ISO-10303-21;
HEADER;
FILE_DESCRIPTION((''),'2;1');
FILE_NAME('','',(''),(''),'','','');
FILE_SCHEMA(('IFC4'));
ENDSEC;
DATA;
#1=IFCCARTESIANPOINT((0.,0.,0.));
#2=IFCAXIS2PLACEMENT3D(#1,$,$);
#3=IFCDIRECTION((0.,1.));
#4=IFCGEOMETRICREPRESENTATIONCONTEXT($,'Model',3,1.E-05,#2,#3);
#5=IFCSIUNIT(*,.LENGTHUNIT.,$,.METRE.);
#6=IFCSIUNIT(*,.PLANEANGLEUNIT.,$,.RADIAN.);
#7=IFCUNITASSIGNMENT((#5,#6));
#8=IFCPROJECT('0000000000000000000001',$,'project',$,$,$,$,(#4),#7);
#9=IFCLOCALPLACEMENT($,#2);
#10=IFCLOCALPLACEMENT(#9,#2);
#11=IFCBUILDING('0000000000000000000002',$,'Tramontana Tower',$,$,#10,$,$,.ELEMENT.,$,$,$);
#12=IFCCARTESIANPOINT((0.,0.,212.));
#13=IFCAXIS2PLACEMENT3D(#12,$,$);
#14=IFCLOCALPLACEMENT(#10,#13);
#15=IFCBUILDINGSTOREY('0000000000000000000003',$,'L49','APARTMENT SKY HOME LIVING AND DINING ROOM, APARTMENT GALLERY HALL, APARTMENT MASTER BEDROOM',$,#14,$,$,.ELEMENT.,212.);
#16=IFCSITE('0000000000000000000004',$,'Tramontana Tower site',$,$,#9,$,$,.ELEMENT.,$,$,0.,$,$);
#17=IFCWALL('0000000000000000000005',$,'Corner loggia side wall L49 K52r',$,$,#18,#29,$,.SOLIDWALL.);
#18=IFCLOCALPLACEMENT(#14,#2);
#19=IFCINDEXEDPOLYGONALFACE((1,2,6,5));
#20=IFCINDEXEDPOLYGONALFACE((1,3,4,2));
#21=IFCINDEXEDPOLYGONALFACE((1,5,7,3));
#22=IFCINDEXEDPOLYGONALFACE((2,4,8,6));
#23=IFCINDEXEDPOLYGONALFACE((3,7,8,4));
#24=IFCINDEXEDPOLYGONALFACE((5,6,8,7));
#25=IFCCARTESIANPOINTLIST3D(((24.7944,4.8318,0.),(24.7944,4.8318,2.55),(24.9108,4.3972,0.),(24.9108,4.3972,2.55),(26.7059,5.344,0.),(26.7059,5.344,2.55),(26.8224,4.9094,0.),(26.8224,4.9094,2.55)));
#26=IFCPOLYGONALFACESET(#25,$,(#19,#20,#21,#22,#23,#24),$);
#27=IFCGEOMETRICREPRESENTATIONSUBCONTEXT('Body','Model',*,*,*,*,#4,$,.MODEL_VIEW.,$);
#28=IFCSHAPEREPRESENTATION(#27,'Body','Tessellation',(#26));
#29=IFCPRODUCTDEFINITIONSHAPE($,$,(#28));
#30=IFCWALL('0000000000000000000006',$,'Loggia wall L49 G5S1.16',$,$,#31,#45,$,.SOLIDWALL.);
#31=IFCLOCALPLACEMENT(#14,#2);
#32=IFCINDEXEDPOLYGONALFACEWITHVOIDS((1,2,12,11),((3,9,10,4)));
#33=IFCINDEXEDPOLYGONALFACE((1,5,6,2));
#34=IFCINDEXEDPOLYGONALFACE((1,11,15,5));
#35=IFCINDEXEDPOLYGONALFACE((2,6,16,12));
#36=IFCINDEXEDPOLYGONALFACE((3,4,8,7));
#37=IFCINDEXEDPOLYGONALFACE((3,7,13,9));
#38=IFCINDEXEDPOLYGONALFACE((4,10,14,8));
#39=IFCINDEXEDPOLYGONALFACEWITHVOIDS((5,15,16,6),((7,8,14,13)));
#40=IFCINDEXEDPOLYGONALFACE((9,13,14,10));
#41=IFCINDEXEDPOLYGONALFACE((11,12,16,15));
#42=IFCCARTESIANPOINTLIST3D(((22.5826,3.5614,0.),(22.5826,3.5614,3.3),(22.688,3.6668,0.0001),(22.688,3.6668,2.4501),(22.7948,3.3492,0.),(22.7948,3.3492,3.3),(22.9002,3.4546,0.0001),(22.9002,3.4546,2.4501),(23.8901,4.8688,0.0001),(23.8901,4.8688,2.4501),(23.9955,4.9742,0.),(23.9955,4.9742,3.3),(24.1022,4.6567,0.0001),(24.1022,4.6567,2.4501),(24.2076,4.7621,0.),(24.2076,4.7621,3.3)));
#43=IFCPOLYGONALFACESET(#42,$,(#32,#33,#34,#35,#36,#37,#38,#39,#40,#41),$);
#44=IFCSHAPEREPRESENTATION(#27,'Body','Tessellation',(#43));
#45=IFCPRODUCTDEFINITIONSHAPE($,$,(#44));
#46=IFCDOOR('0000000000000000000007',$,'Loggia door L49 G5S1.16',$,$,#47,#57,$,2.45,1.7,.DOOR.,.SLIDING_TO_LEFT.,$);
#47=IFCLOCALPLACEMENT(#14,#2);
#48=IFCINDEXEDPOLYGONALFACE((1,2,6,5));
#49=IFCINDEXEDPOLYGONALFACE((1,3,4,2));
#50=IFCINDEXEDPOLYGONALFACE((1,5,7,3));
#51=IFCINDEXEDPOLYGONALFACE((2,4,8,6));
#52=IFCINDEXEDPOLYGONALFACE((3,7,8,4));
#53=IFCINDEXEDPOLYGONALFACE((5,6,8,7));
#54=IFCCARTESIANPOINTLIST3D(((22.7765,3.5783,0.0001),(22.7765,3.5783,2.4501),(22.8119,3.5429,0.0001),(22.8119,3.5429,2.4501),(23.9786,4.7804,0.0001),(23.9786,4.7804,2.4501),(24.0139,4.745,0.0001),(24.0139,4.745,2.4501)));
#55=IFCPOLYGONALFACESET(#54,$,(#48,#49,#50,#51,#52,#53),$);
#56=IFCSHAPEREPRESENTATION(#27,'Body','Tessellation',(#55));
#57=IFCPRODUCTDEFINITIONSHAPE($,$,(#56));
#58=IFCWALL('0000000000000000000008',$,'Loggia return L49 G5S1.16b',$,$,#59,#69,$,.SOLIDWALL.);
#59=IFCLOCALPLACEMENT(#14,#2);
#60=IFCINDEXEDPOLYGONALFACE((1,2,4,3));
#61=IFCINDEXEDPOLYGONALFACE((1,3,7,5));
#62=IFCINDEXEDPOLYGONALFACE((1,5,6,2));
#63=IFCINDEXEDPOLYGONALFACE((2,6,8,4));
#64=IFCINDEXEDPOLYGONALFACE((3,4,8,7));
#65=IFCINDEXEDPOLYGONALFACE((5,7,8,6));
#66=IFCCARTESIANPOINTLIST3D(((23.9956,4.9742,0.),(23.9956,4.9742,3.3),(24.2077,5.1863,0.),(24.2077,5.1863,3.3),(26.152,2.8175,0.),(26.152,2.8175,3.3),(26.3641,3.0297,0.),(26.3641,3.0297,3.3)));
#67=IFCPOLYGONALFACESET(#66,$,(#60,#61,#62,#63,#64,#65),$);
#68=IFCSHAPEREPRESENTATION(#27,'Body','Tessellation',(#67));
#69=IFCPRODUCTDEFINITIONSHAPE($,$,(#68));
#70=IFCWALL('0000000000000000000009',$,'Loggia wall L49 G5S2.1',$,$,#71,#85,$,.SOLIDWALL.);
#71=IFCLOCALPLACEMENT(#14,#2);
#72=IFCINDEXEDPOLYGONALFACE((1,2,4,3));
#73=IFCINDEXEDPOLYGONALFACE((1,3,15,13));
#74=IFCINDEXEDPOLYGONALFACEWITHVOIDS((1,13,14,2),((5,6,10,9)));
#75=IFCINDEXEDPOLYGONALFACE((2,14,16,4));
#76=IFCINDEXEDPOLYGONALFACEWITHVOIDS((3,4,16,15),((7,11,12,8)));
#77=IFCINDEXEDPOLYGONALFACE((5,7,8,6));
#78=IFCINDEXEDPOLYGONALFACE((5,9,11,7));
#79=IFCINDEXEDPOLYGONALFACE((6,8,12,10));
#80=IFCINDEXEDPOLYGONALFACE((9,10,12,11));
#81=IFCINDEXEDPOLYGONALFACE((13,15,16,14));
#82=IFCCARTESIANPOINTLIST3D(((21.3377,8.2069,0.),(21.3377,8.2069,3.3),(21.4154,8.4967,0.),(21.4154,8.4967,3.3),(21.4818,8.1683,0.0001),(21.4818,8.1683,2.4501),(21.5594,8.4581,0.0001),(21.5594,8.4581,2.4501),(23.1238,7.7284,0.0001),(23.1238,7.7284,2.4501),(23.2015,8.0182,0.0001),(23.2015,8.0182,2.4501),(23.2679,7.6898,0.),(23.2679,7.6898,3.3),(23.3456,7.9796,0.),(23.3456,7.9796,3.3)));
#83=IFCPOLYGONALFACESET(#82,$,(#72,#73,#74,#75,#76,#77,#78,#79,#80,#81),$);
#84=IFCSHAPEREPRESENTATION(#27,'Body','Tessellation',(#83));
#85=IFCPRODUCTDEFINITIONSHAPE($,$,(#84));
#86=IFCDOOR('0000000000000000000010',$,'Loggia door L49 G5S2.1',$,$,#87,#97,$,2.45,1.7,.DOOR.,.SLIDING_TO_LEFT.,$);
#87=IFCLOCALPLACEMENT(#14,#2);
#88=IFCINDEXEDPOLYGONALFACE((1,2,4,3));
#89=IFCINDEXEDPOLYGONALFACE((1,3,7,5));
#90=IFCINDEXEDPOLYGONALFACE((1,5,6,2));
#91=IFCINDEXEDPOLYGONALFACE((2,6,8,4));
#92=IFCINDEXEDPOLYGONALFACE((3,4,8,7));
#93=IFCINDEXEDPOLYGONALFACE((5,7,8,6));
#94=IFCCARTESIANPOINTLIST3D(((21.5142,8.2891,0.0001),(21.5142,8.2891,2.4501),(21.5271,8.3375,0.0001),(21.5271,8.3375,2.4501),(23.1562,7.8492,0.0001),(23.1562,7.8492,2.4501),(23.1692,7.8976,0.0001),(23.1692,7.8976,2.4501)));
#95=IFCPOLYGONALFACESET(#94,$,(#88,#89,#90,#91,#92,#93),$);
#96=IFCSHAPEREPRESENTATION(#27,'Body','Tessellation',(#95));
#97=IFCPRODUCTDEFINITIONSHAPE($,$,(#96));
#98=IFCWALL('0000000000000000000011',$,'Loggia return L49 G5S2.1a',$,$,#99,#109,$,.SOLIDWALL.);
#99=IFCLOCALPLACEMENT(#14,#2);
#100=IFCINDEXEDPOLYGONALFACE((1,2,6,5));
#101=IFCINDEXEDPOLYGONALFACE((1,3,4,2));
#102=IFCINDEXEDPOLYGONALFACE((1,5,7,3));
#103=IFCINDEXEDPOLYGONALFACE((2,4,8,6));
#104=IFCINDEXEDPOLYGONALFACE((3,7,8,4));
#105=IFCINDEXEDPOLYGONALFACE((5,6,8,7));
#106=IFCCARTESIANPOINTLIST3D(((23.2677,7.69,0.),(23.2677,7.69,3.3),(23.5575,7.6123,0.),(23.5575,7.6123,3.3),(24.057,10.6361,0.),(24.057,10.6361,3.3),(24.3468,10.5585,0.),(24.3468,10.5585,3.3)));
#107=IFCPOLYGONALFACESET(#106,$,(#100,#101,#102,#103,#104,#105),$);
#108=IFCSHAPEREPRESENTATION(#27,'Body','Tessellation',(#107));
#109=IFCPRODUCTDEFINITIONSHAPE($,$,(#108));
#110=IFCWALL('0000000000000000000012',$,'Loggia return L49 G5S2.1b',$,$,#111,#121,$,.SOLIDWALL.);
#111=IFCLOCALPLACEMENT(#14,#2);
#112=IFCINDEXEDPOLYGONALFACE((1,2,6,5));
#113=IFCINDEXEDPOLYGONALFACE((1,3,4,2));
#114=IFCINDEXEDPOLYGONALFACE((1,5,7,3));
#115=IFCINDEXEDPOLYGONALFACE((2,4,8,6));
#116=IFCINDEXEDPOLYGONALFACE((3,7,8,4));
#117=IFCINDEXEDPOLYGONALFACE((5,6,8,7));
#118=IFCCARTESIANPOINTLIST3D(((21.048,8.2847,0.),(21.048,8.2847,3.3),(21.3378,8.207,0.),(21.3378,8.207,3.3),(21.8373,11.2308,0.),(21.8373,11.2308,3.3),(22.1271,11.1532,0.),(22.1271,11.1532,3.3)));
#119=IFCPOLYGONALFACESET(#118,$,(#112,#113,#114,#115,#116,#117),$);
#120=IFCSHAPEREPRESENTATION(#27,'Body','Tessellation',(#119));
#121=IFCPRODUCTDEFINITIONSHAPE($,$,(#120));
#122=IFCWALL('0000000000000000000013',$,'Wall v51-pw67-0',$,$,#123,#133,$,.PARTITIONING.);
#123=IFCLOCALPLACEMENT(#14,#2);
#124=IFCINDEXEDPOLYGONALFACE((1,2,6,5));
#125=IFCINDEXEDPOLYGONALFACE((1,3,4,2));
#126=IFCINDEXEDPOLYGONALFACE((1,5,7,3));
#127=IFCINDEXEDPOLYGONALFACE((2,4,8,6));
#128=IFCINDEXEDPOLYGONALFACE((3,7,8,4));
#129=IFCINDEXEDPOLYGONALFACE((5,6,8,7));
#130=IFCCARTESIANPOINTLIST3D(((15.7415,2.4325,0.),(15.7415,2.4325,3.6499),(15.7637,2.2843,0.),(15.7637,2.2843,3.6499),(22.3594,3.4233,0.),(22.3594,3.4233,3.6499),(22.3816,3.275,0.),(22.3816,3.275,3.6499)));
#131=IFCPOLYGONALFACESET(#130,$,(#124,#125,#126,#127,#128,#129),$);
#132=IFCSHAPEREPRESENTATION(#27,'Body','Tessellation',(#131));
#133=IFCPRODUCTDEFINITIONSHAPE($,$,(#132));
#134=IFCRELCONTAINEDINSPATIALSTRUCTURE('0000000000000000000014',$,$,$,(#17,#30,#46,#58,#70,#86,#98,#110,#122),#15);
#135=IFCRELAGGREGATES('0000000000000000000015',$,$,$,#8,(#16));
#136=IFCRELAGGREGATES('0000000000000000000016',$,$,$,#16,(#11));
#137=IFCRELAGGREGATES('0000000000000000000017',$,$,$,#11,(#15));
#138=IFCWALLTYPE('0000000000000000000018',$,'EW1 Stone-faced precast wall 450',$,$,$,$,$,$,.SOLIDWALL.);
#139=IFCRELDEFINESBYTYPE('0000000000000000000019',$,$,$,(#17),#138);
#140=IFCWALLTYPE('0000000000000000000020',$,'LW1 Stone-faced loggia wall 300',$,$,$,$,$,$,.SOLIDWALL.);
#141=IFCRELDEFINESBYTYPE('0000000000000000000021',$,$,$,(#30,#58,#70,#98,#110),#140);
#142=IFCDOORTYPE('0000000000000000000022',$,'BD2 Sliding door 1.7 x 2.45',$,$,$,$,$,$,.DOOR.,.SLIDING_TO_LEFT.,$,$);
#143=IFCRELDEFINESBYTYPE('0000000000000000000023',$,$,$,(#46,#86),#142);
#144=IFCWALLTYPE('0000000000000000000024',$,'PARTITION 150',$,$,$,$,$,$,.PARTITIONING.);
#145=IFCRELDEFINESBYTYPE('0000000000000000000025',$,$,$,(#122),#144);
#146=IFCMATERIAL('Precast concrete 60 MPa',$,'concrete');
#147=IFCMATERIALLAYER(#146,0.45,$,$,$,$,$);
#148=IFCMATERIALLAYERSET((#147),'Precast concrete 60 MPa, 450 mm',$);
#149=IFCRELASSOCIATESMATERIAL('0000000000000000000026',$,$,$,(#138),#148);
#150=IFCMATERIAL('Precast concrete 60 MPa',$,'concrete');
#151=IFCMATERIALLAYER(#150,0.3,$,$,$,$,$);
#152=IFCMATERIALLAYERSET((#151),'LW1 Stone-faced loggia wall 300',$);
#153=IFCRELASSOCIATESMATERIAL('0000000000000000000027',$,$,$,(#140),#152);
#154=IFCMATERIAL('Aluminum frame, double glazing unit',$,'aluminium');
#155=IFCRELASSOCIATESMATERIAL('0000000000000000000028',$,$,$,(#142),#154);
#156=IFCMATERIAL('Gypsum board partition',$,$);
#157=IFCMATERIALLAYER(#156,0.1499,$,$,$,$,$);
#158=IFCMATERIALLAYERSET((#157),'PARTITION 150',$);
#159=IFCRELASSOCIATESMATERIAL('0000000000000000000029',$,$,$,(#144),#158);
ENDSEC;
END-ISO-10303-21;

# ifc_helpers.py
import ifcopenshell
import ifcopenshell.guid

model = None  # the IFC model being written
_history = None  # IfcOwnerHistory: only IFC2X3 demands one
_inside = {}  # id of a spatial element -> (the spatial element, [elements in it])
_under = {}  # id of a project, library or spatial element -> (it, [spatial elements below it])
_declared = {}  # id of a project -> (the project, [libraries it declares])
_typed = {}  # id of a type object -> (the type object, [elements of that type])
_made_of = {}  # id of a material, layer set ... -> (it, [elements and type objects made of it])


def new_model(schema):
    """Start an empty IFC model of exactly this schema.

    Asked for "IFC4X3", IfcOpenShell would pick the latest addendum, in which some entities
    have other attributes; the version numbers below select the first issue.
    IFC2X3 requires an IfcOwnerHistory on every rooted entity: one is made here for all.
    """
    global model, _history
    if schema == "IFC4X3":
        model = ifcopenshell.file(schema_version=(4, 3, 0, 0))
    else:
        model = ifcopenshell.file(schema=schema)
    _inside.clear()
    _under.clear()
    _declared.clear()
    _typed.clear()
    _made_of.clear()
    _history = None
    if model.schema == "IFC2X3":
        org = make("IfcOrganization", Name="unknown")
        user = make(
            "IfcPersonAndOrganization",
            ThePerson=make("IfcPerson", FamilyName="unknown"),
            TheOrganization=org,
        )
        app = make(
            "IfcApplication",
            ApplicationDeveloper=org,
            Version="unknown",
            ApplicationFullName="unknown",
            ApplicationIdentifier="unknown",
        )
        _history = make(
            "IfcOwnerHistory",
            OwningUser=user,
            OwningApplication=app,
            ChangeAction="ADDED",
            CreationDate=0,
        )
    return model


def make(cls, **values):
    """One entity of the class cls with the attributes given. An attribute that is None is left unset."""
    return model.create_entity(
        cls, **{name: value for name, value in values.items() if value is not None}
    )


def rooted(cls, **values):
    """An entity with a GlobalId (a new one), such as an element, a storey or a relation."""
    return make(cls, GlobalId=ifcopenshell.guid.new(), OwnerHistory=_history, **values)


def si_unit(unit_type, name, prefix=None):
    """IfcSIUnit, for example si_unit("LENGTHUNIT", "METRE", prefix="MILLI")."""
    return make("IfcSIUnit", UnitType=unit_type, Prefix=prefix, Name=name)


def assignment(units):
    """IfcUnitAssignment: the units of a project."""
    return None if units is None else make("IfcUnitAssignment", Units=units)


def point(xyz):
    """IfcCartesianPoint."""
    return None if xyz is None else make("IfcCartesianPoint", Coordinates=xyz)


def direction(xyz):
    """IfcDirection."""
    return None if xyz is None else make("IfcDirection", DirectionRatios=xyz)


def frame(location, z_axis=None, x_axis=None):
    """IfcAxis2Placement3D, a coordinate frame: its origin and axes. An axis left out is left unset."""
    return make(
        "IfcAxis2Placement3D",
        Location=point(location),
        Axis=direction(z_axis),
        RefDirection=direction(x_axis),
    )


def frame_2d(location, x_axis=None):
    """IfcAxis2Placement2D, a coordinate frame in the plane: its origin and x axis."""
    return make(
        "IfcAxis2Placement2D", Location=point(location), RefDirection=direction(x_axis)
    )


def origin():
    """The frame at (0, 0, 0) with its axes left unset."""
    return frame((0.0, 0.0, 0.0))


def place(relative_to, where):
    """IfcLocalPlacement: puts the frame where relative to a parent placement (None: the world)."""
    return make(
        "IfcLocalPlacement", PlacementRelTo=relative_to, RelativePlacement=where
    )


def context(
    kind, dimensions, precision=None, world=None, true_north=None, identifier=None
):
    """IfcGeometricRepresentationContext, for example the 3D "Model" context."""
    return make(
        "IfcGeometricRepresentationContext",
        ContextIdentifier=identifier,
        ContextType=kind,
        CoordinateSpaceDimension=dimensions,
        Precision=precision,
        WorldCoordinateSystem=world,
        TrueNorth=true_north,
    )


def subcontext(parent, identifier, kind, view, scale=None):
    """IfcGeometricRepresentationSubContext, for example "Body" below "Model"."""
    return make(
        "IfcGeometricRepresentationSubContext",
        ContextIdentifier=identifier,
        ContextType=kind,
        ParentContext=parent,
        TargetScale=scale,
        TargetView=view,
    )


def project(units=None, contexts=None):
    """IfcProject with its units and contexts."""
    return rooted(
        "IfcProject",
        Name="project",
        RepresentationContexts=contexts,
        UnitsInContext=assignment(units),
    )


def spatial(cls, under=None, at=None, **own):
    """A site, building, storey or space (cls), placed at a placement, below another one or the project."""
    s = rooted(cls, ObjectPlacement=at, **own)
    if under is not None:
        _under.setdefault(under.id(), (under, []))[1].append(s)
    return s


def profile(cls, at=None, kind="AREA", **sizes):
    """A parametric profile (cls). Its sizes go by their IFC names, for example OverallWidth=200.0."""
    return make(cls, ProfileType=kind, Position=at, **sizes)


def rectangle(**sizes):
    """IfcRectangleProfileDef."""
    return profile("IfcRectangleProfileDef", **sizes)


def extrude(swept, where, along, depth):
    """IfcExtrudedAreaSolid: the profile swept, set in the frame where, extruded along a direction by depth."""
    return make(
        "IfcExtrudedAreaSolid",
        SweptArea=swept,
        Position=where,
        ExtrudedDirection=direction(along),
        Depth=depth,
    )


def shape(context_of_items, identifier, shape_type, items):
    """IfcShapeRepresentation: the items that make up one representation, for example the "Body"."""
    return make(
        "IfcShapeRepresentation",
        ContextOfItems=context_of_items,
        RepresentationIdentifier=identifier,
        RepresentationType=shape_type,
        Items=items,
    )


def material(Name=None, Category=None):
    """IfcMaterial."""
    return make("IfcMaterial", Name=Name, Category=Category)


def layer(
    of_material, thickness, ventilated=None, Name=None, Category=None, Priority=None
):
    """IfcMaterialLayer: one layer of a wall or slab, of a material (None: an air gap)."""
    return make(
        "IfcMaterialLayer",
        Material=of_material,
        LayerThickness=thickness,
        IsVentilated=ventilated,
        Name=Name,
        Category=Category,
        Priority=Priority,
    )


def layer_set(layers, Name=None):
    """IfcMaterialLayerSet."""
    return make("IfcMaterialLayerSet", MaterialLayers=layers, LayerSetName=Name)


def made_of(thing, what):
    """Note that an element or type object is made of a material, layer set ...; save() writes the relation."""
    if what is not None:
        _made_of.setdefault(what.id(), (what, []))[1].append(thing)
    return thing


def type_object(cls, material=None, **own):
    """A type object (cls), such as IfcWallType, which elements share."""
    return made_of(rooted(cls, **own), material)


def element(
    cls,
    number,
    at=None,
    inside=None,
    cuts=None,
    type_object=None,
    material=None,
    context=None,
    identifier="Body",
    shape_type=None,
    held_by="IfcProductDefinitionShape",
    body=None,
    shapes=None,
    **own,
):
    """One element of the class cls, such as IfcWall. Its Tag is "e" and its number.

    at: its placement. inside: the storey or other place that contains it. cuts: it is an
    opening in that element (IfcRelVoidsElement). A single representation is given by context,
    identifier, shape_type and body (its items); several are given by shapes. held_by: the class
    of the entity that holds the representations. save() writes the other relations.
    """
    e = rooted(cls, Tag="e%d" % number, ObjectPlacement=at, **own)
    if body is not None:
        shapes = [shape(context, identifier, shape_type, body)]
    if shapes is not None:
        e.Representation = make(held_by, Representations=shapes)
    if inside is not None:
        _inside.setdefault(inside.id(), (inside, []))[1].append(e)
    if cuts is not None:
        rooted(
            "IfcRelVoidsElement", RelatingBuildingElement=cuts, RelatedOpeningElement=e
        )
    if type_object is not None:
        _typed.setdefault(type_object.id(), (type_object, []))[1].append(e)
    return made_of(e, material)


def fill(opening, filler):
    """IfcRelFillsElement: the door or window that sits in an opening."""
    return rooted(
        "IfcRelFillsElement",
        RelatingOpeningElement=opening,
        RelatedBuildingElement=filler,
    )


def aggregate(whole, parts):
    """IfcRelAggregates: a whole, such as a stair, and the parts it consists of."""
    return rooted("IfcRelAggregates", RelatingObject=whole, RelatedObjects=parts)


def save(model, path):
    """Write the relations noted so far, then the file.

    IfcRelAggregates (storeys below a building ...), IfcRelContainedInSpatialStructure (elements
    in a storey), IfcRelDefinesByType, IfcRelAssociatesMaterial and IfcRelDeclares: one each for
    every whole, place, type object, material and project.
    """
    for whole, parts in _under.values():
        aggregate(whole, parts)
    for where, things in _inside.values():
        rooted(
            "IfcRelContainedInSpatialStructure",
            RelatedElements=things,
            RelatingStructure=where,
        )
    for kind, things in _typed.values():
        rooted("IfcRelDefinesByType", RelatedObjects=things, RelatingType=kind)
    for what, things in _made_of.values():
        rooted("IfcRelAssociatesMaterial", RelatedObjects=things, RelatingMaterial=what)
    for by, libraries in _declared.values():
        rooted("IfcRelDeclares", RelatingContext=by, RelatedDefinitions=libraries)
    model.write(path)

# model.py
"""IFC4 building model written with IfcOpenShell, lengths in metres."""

from ifc_helpers import new_model, si_unit, direction, frame, frame_2d, origin, place, context, subcontext, project, spatial, rectangle, extrude, material, layer, layer_set, type_object, element, fill, save


model = new_model("IFC4")

# Units and contexts
model_context = context("Model", 3, precision=1e-05, world=origin(), true_north=direction((0.0, 1.0)))
body_context = subcontext(model_context, "Body", "Model", "MODEL_VIEW")
ifc_project = project(units=[si_unit("LENGTHUNIT", "METRE"), si_unit("PLANEANGLEUNIT", "RADIAN")], contexts=[model_context])

# Site, building, storey
site_placement = place(None, origin())
site = spatial("IfcSite", under=ifc_project, at=site_placement, Name="Tramontana Tower site", CompositionType="ELEMENT", RefElevation=0.0)
building_placement = place(site_placement, origin())
building = spatial("IfcBuilding", under=site, at=building_placement, Name="Tramontana Tower", CompositionType="ELEMENT")
storey_placement = place(building_placement, frame((0.0, 0.0, 212.0)))
storey = spatial("IfcBuildingStorey", under=building, at=storey_placement, Name="L49", Description="APARTMENT SKY HOME LIVING AND DINING ROOM, APARTMENT GALLERY HALL, APARTMENT MASTER BEDROOM", CompositionType="ELEMENT", Elevation=212.0)

# Shared definitions
ifc_material_1 = material(Name="Precast concrete 60 MPa", Category="concrete")
ifc_layer_1 = layer(ifc_material_1, 0.45)
ifc_layer_set_1 = layer_set([ifc_layer_1], Name="Precast concrete 60 MPa, 450 mm")
wall_type_1 = type_object("IfcWallType", Name="EW1 Stone-faced precast wall 450", PredefinedType="SOLIDWALL", material=ifc_layer_set_1)

# Wall
wall_1_placement = place(storey_placement, frame((26.7642, 5.1267, 0.0), z_axis=(0.0, 0.0, 1.0), x_axis=(-0.965927, -0.258814, 0.0)))
element("IfcWall", 1, at=wall_1_placement, inside=storey, type_object=wall_type_1, Name="Corner loggia side wall L49 K52r", PredefinedType="SOLIDWALL", context=body_context, shape_type="SweptSolid", body=[
    extrude(rectangle(XDim=1.979, YDim=0.45, at=frame_2d((0.9895, 0.0))), origin(), (0.0, 0.0, 1.0), 2.55),
])

# Wall, opening, door
ifc_material_2 = material(Name="Precast concrete 60 MPa", Category="concrete")
ifc_layer_2 = layer(ifc_material_2, 0.3)
ifc_layer_set_2 = layer_set([ifc_layer_2], Name="LW1 Stone-faced loggia wall 300")
wall_type_2 = type_object("IfcWallType", Name="LW1 Stone-faced loggia wall 300", PredefinedType="SOLIDWALL", material=ifc_layer_set_2)
wall_2_placement = place(storey_placement, frame((22.6887, 3.4553, 0.0), z_axis=(0.0, 0.0, 1.0), x_axis=(0.707107, 0.707107, 0.0)))
wall_2 = element("IfcWall", 2, at=wall_2_placement, inside=storey, type_object=wall_type_2, Name="Loggia wall L49 G5S1.16", PredefinedType="SOLIDWALL", context=body_context, shape_type="SweptSolid", body=[
    extrude(rectangle(XDim=1.998, YDim=0.3, at=frame_2d((0.999, 0.0))), origin(), (0.0, 0.0, 1.0), 3.3),
])
opening_1_placement = place(wall_2_placement, frame((0.1489, 0.0, 0.0)))
opening_1 = element("IfcOpeningElement", 3, at=opening_1_placement, cuts=wall_2, PredefinedType="OPENING", context=body_context, shape_type="SweptSolid", body=[
    extrude(rectangle(XDim=1.7, YDim=2.45, at=frame_2d((0.8501, 1.2251))), frame((0.0, 0.1599, 0.0), z_axis=(0.0, -1.0, 0.0), x_axis=(1.0, 0.0, 0.0)), (0.0, 0.0, 1.0), 0.3201),
])
ifc_material_3 = material(Name="Aluminum frame, double glazing unit", Category="aluminium")
door_type_1 = type_object("IfcDoorType", Name="BD2 Sliding door 1.7 x 2.45", OperationType="SLIDING_TO_LEFT", PredefinedType="DOOR", material=ifc_material_3)
door_1_placement = place(opening_1_placement, origin())
door_1 = element("IfcDoor", 4, at=door_1_placement, inside=storey, type_object=door_type_1, Name="Loggia door L49 G5S1.16", OperationType="SLIDING_TO_LEFT", OverallHeight=2.45, OverallWidth=1.7, PredefinedType="DOOR", context=body_context, shape_type="SweptSolid", body=[
    extrude(rectangle(XDim=1.7, YDim=2.45, at=frame_2d((0.8501, 1.2251))), frame((0.0, 0.0249, 0.0), z_axis=(0.0, -1.0, 0.0), x_axis=(1.0, 0.0, 0.0)), (0.0, 0.0, 1.0), 0.05),
])
fill(opening_1, door_1)

# Wall
wall_3_placement = place(storey_placement, frame((26.2581, 2.9236, 0.0), z_axis=(0.0, 0.0, 1.0), x_axis=(-0.707067, 0.707147, 0.0)))
element("IfcWall", 5, at=wall_3_placement, inside=storey, type_object=wall_type_2, Name="Loggia return L49 G5S1.16b", PredefinedType="SOLIDWALL", context=body_context, shape_type="SweptSolid", body=[
    extrude(rectangle(XDim=3.0498, YDim=0.3, at=frame_2d((1.5249, 0.0))), origin(), (0.0, 0.0, 1.0), 3.3),
])

# Wall, opening, door
wall_4_placement = place(storey_placement, frame((23.3066, 7.8347, 0.0), z_axis=(0.0, 0.0, 1.0), x_axis=(-0.965938, 0.258773, 0.0)))
wall_4 = element("IfcWall", 6, at=wall_4_placement, inside=storey, type_object=wall_type_2, Name="Loggia wall L49 G5S2.1", PredefinedType="SOLIDWALL", context=body_context, shape_type="SweptSolid", body=[
    extrude(rectangle(XDim=1.9983, YDim=0.3, at=frame_2d((0.999, 0.0))), origin(), (0.0, 0.0, 1.0), 3.3),
])
opening_2_placement = place(wall_4_placement, frame((0.1489, 0.0, 0.0)))
opening_2 = element("IfcOpeningElement", 7, at=opening_2_placement, cuts=wall_4, PredefinedType="OPENING", context=body_context, shape_type="SweptSolid", body=[
    extrude(rectangle(XDim=1.7, YDim=2.45, at=frame_2d((0.8501, 1.2251))), frame((0.0, 0.1599, 0.0), z_axis=(0.0, -1.0, 0.0), x_axis=(1.0, 0.0, 0.0)), (0.0, 0.0, 1.0), 0.3201),
])
door_2_placement = place(opening_2_placement, origin())
door_2 = element("IfcDoor", 8, at=door_2_placement, inside=storey, type_object=door_type_1, Name="Loggia door L49 G5S2.1", OperationType="SLIDING_TO_LEFT", OverallHeight=2.45, OverallWidth=1.7, PredefinedType="DOOR", context=body_context, shape_type="SweptSolid", body=[
    extrude(rectangle(XDim=1.7, YDim=2.45, at=frame_2d((0.8501, 1.2251))), frame((0.0, 0.0249, 0.0), z_axis=(0.0, -1.0, 0.0), x_axis=(1.0, 0.0, 0.0)), (0.0, 0.0, 1.0), 0.05),
])
fill(opening_2, door_2)

# Walls
for number, where, z_axis, x_axis, name in (
    (9, (24.2019, 10.5972, 0.0), (0.0, 0.0, 1.0), (-0.258793, -0.965933, 0.0), "Loggia return L49 G5S2.1a"),
    (10, (21.9822, 11.1919, 0.0), (0.0, 0.0, 1.0), (-0.258793, -0.965933, 0.0), "Loggia return L49 G5S2.1b"),
):
    element("IfcWall", number, at=place(storey_placement, frame(where, z_axis=z_axis, x_axis=x_axis)), inside=storey, type_object=wall_type_2, Name=name, PredefinedType="SOLIDWALL", context=body_context, shape_type="SweptSolid", body=[
        extrude(rectangle(XDim=3.05, YDim=0.3, at=frame_2d((1.5249, 0.0))), origin(), (0.0, 0.0, 1.0), 3.3),
    ])
ifc_material_4 = material(Name="Gypsum board partition")
ifc_layer_3 = layer(ifc_material_4, 0.1499)
ifc_layer_set_3 = layer_set([ifc_layer_3], Name="PARTITION 150")
wall_type_3 = type_object("IfcWallType", Name="PARTITION 150", PredefinedType="PARTITIONING", material=ifc_layer_set_3)
wall_5_placement = place(storey_placement, frame((22.3704, 3.3491, 0.0), z_axis=(0.0, 0.0, 1.0), x_axis=(-0.988979, -0.148053, 0.0)))
element("IfcWall", 11, at=wall_5_placement, inside=storey, type_object=wall_type_3, Name="Wall v51-pw67-0", PredefinedType="PARTITIONING", context=body_context, shape_type="SweptSolid", body=[
    extrude(rectangle(XDim=6.6917, YDim=0.1499, at=frame_2d((3.3457, 0.0))), origin(), (0.0, 0.0, 1.0), 3.6499),
])

save(model, "model.ifc")
